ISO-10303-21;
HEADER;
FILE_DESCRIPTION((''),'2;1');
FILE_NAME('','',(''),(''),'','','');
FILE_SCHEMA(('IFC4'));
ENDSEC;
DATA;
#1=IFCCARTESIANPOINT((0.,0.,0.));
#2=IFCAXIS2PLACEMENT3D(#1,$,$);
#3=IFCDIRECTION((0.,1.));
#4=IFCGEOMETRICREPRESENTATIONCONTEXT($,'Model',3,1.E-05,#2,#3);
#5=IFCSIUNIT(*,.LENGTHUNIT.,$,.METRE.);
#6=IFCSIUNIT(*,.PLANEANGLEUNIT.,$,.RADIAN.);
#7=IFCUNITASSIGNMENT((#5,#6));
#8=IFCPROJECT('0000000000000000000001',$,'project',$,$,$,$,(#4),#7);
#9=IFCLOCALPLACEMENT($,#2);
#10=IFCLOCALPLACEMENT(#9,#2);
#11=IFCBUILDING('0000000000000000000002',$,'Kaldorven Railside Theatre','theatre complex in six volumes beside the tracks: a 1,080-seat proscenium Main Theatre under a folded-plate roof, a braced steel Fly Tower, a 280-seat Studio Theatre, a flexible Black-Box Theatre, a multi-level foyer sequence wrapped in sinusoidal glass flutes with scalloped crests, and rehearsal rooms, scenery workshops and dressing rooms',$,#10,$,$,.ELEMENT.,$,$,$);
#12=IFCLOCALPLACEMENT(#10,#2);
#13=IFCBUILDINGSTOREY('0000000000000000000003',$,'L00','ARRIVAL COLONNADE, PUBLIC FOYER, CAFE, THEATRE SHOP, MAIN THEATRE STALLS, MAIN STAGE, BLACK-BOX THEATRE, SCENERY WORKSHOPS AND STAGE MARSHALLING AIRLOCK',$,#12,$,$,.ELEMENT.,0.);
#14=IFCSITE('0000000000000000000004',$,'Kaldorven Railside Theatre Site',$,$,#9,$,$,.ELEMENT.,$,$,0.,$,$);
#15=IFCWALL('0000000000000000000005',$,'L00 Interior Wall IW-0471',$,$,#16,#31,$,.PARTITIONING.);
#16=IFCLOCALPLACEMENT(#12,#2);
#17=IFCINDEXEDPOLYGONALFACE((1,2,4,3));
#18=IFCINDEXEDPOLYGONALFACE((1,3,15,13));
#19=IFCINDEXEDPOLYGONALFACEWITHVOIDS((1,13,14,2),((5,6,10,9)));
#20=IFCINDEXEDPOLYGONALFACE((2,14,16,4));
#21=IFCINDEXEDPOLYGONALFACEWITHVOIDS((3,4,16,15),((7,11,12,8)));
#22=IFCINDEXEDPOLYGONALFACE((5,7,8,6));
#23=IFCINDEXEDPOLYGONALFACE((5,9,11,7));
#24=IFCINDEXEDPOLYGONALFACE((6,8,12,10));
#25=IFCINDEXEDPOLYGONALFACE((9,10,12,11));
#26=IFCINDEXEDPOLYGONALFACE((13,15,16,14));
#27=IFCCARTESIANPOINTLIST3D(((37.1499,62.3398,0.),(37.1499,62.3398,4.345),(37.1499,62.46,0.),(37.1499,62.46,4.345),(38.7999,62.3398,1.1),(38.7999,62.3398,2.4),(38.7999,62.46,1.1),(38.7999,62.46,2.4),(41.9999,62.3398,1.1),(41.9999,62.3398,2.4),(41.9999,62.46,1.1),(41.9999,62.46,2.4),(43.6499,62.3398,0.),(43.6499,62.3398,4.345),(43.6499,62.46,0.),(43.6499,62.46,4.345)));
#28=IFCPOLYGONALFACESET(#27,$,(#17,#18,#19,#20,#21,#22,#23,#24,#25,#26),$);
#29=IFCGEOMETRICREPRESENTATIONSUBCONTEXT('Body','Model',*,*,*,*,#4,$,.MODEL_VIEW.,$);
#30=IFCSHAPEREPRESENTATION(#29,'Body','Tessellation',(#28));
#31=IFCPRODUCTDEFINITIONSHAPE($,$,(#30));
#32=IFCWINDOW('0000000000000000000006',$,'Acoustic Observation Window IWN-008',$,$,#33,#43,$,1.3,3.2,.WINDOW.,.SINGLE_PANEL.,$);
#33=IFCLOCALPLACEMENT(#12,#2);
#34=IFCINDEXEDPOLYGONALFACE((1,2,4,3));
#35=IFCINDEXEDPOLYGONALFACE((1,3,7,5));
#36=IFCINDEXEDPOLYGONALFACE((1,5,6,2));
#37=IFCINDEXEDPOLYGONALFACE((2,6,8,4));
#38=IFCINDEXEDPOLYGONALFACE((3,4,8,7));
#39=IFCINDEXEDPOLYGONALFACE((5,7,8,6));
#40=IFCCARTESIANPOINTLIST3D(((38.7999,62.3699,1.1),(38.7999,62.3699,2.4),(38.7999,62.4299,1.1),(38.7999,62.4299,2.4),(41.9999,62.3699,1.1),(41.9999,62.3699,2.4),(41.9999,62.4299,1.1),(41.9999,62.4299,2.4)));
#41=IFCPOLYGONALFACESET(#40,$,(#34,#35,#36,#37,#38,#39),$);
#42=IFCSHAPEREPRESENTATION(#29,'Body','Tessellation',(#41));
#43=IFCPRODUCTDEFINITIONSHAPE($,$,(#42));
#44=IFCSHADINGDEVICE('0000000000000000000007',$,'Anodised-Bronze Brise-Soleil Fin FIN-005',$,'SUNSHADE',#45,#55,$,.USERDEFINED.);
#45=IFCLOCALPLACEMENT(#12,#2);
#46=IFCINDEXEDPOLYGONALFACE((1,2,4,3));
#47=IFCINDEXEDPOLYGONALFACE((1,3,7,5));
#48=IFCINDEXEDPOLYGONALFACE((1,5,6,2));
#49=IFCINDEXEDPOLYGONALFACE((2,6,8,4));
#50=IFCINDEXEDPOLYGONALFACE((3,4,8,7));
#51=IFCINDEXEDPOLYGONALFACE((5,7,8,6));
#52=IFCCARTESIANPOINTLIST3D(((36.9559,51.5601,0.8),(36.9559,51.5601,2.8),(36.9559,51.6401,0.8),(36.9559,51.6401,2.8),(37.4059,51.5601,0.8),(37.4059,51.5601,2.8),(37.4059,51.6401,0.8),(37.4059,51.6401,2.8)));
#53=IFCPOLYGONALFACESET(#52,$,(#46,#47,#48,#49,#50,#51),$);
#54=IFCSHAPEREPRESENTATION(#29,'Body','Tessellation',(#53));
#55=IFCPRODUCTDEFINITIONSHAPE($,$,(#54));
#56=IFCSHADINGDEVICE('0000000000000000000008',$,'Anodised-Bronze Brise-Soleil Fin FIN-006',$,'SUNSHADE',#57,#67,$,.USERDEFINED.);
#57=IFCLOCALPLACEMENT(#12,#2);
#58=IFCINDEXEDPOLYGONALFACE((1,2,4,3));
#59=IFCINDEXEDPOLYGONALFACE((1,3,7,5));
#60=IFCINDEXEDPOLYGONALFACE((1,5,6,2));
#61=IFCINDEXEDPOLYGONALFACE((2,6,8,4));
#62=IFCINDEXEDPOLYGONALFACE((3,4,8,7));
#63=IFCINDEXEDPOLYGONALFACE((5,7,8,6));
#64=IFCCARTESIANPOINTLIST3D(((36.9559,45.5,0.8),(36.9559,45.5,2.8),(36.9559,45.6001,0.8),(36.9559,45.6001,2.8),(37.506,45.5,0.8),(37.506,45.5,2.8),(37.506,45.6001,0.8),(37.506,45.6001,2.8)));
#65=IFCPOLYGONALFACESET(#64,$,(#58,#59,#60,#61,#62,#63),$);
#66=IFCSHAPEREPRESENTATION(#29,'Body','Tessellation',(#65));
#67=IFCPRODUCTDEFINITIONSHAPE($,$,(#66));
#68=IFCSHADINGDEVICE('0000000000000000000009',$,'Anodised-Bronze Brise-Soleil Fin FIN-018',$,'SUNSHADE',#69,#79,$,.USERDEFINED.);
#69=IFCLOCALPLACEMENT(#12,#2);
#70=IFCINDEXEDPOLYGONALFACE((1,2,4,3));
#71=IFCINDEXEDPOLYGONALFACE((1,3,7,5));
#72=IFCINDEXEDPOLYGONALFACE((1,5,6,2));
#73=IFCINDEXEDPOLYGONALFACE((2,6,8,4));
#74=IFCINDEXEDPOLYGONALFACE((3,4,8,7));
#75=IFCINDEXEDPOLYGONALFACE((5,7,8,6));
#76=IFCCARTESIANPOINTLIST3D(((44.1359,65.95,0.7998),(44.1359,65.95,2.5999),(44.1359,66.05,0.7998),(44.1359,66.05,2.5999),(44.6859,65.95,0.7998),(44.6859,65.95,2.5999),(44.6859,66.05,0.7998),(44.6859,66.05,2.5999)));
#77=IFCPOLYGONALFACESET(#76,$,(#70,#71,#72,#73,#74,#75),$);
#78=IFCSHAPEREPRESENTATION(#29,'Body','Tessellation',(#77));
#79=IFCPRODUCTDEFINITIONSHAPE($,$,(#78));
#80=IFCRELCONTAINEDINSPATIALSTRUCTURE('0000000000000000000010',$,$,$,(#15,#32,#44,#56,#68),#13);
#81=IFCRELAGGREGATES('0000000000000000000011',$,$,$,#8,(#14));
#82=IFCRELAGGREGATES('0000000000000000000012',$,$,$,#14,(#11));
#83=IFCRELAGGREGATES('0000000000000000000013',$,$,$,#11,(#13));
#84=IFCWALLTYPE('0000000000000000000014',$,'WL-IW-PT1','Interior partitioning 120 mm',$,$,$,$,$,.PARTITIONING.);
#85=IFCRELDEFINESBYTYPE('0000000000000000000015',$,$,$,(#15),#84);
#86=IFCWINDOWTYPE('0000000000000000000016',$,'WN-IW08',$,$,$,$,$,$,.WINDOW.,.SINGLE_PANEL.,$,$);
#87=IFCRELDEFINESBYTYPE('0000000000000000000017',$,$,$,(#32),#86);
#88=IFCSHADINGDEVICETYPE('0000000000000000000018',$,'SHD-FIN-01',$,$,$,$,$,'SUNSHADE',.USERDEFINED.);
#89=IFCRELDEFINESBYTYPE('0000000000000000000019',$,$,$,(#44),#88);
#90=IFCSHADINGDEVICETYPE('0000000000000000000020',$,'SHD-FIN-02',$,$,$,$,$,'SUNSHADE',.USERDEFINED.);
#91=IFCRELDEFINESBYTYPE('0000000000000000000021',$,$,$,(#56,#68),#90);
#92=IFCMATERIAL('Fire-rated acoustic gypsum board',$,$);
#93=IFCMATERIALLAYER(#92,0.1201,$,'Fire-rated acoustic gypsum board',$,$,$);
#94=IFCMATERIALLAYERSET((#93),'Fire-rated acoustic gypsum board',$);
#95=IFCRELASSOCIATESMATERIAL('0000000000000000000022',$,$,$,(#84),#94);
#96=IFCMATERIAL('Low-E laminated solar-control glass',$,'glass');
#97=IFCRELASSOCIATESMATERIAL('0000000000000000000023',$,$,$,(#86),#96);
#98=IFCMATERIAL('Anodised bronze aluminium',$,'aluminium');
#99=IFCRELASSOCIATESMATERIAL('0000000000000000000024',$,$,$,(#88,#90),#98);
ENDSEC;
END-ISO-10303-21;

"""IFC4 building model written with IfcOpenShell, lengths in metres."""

from ifc_helpers import new_model, si_unit, direction, frame, frame_2d, origin, origin_2d, place, context, subcontext, project, spatial, rectangle, extrude, material, layer, layer_set, type_object, element, fill, save


model = new_model("IFC4")

# Units and contexts
model_context = context("Model", 3, precision=1e-05, world=origin(), true_north=direction((0.0, 1.0)))
body_context = subcontext(model_context, "Body", "Model", "MODEL_VIEW")
ifc_project = project(units=[si_unit("LENGTHUNIT", "METRE"), si_unit("PLANEANGLEUNIT", "RADIAN")], contexts=[model_context])

# Site, building, storey
site_placement = place(None, origin())
site = spatial("IfcSite", under=ifc_project, at=site_placement, Name="Kaldorven Railside Theatre Site", CompositionType="ELEMENT", RefElevation=0.0)
building_placement = place(site_placement, origin())
building = spatial("IfcBuilding", under=site, at=building_placement, Name="Kaldorven Railside Theatre", Description="theatre complex in six volumes beside the tracks: a 1,080-seat proscenium Main Theatre under a folded-plate roof, a braced steel Fly Tower, a 280-seat Studio Theatre, a flexible Black-Box Theatre, a multi-level foyer sequence wrapped in sinusoidal glass flutes with scalloped crests, and rehearsal rooms, scenery workshops and dressing rooms", CompositionType="ELEMENT")
storey_placement = place(building_placement, origin())
storey = spatial("IfcBuildingStorey", under=building, at=storey_placement, Name="L00", Description="ARRIVAL COLONNADE, PUBLIC FOYER, CAFE, THEATRE SHOP, MAIN THEATRE STALLS, MAIN STAGE, BLACK-BOX THEATRE, SCENERY WORKSHOPS AND STAGE MARSHALLING AIRLOCK", CompositionType="ELEMENT", Elevation=0.0)

# Shared definitions
ifc_material_1 = material(Name="Low-E laminated solar-control glass", Category="glass")

# Shared definitions
ifc_material_2 = material(Name="Fire-rated acoustic gypsum board")
ifc_layer_1 = layer(ifc_material_2, 0.1201, Name="Fire-rated acoustic gypsum board")
ifc_layer_set_1 = layer_set([ifc_layer_1], Name="Fire-rated acoustic gypsum board")
wall_type_1 = type_object("IfcWallType", Name="WL-IW-PT1", Description="Interior partitioning 120 mm", PredefinedType="PARTITIONING", material=ifc_layer_set_1)

# Wall, opening, window
wall_1_placement = place(storey_placement, frame((37.1499, 62.3999, 0.0), z_axis=(0.0, 0.0, 1.0), x_axis=(1.0, 0.0, 0.0)))
wall_1 = element("IfcWall", 1, at=wall_1_placement, inside=storey, type_object=wall_type_1, Name="L00 Interior Wall IW-0471", PredefinedType="PARTITIONING", context=body_context, shape_type="SweptSolid", body=[
    extrude(rectangle(XDim=6.5, YDim=0.1201, at=frame_2d((3.25, 0.0))), origin(), (0.0, 0.0, 1.0), 4.345),
])
opening_1_placement = place(wall_1_placement, frame((1.6499, 0.0, 1.1001)))
opening_1 = element("IfcOpeningElement", 2, at=opening_1_placement, cuts=wall_1, PredefinedType="OPENING", context=body_context, shape_type="SweptSolid", body=[
    extrude(rectangle(XDim=3.2, YDim=1.3, at=frame_2d((1.6001, 0.6499))), frame((0.0, 0.0701, 0.0), z_axis=(0.0, -1.0, 0.0), x_axis=(1.0, 0.0, 0.0)), (0.0, 0.0, 1.0), 0.1401),
])
window_type_1 = type_object("IfcWindowType", Name="WN-IW08", PartitioningType="SINGLE_PANEL", PredefinedType="WINDOW", material=ifc_material_1)
window_1_placement = place(opening_1_placement, origin())
window_1 = element("IfcWindow", 3, at=window_1_placement, inside=storey, type_object=window_type_1, Name="Acoustic Observation Window IWN-008", OverallHeight=1.3, OverallWidth=3.2, PartitioningType="SINGLE_PANEL", PredefinedType="WINDOW", context=body_context, shape_type="SweptSolid", body=[
    extrude(rectangle(XDim=3.2, YDim=1.3, at=frame_2d((1.6001, 0.6499))), frame((0.0, 0.03, 0.0), z_axis=(0.0, -1.0, 0.0), x_axis=(1.0, 0.0, 0.0)), (0.0, 0.0, 1.0), 0.0601),
])
fill(opening_1, window_1)

# Shading devices
ifc_material_3 = material(Name="Anodised bronze aluminium", Category="aluminium")
shading_device_type_1 = type_object("IfcShadingDeviceType", Name="SHD-FIN-01", ElementType="SUNSHADE", PredefinedType="USERDEFINED", material=ifc_material_3)
shading_device_1_placement = place(storey_placement, frame((37.1809, 51.6001, 0.8), z_axis=(0.0, 0.0, 1.0), x_axis=(0.0, -1.0, 0.0)))
element("IfcShadingDevice", 4, at=shading_device_1_placement, inside=storey, type_object=shading_device_type_1, Name="Anodised-Bronze Brise-Soleil Fin FIN-005", ObjectType="SUNSHADE", PredefinedType="USERDEFINED", context=body_context, shape_type="SweptSolid", body=[
    extrude(rectangle(XDim=0.0801, YDim=0.45, at=origin_2d()), origin(), (0.0, 0.0, 1.0), 2.0),
])
shading_device_type_2 = type_object("IfcShadingDeviceType", Name="SHD-FIN-02", ElementType="SUNSHADE", PredefinedType="USERDEFINED", material=ifc_material_3)
shading_device_2_placement = place(storey_placement, frame((37.231, 45.55, 0.8), z_axis=(0.0, 0.0, 1.0), x_axis=(0.0, -1.0, 0.0)))
element("IfcShadingDevice", 5, at=shading_device_2_placement, inside=storey, type_object=shading_device_type_2, Name="Anodised-Bronze Brise-Soleil Fin FIN-006", ObjectType="SUNSHADE", PredefinedType="USERDEFINED", context=body_context, shape_type="SweptSolid", body=[
    extrude(rectangle(XDim=0.1001, YDim=0.55, at=origin_2d()), origin(), (0.0, 0.0, 1.0), 2.0),
])
shading_device_3_placement = place(storey_placement, frame((44.4109, 66.0, 0.7998), z_axis=(0.0, 0.0, 1.0), x_axis=(0.0, -1.0, 0.0)))
element("IfcShadingDevice", 6, at=shading_device_3_placement, inside=storey, type_object=shading_device_type_2, Name="Anodised-Bronze Brise-Soleil Fin FIN-018", ObjectType="SUNSHADE", PredefinedType="USERDEFINED", context=body_context, shape_type="SweptSolid", body=[
    extrude(rectangle(XDim=0.1001, YDim=0.55, at=origin_2d()), origin(), (0.0, 0.0, 1.0), 1.8),
])

save(model, "model.ifc")
